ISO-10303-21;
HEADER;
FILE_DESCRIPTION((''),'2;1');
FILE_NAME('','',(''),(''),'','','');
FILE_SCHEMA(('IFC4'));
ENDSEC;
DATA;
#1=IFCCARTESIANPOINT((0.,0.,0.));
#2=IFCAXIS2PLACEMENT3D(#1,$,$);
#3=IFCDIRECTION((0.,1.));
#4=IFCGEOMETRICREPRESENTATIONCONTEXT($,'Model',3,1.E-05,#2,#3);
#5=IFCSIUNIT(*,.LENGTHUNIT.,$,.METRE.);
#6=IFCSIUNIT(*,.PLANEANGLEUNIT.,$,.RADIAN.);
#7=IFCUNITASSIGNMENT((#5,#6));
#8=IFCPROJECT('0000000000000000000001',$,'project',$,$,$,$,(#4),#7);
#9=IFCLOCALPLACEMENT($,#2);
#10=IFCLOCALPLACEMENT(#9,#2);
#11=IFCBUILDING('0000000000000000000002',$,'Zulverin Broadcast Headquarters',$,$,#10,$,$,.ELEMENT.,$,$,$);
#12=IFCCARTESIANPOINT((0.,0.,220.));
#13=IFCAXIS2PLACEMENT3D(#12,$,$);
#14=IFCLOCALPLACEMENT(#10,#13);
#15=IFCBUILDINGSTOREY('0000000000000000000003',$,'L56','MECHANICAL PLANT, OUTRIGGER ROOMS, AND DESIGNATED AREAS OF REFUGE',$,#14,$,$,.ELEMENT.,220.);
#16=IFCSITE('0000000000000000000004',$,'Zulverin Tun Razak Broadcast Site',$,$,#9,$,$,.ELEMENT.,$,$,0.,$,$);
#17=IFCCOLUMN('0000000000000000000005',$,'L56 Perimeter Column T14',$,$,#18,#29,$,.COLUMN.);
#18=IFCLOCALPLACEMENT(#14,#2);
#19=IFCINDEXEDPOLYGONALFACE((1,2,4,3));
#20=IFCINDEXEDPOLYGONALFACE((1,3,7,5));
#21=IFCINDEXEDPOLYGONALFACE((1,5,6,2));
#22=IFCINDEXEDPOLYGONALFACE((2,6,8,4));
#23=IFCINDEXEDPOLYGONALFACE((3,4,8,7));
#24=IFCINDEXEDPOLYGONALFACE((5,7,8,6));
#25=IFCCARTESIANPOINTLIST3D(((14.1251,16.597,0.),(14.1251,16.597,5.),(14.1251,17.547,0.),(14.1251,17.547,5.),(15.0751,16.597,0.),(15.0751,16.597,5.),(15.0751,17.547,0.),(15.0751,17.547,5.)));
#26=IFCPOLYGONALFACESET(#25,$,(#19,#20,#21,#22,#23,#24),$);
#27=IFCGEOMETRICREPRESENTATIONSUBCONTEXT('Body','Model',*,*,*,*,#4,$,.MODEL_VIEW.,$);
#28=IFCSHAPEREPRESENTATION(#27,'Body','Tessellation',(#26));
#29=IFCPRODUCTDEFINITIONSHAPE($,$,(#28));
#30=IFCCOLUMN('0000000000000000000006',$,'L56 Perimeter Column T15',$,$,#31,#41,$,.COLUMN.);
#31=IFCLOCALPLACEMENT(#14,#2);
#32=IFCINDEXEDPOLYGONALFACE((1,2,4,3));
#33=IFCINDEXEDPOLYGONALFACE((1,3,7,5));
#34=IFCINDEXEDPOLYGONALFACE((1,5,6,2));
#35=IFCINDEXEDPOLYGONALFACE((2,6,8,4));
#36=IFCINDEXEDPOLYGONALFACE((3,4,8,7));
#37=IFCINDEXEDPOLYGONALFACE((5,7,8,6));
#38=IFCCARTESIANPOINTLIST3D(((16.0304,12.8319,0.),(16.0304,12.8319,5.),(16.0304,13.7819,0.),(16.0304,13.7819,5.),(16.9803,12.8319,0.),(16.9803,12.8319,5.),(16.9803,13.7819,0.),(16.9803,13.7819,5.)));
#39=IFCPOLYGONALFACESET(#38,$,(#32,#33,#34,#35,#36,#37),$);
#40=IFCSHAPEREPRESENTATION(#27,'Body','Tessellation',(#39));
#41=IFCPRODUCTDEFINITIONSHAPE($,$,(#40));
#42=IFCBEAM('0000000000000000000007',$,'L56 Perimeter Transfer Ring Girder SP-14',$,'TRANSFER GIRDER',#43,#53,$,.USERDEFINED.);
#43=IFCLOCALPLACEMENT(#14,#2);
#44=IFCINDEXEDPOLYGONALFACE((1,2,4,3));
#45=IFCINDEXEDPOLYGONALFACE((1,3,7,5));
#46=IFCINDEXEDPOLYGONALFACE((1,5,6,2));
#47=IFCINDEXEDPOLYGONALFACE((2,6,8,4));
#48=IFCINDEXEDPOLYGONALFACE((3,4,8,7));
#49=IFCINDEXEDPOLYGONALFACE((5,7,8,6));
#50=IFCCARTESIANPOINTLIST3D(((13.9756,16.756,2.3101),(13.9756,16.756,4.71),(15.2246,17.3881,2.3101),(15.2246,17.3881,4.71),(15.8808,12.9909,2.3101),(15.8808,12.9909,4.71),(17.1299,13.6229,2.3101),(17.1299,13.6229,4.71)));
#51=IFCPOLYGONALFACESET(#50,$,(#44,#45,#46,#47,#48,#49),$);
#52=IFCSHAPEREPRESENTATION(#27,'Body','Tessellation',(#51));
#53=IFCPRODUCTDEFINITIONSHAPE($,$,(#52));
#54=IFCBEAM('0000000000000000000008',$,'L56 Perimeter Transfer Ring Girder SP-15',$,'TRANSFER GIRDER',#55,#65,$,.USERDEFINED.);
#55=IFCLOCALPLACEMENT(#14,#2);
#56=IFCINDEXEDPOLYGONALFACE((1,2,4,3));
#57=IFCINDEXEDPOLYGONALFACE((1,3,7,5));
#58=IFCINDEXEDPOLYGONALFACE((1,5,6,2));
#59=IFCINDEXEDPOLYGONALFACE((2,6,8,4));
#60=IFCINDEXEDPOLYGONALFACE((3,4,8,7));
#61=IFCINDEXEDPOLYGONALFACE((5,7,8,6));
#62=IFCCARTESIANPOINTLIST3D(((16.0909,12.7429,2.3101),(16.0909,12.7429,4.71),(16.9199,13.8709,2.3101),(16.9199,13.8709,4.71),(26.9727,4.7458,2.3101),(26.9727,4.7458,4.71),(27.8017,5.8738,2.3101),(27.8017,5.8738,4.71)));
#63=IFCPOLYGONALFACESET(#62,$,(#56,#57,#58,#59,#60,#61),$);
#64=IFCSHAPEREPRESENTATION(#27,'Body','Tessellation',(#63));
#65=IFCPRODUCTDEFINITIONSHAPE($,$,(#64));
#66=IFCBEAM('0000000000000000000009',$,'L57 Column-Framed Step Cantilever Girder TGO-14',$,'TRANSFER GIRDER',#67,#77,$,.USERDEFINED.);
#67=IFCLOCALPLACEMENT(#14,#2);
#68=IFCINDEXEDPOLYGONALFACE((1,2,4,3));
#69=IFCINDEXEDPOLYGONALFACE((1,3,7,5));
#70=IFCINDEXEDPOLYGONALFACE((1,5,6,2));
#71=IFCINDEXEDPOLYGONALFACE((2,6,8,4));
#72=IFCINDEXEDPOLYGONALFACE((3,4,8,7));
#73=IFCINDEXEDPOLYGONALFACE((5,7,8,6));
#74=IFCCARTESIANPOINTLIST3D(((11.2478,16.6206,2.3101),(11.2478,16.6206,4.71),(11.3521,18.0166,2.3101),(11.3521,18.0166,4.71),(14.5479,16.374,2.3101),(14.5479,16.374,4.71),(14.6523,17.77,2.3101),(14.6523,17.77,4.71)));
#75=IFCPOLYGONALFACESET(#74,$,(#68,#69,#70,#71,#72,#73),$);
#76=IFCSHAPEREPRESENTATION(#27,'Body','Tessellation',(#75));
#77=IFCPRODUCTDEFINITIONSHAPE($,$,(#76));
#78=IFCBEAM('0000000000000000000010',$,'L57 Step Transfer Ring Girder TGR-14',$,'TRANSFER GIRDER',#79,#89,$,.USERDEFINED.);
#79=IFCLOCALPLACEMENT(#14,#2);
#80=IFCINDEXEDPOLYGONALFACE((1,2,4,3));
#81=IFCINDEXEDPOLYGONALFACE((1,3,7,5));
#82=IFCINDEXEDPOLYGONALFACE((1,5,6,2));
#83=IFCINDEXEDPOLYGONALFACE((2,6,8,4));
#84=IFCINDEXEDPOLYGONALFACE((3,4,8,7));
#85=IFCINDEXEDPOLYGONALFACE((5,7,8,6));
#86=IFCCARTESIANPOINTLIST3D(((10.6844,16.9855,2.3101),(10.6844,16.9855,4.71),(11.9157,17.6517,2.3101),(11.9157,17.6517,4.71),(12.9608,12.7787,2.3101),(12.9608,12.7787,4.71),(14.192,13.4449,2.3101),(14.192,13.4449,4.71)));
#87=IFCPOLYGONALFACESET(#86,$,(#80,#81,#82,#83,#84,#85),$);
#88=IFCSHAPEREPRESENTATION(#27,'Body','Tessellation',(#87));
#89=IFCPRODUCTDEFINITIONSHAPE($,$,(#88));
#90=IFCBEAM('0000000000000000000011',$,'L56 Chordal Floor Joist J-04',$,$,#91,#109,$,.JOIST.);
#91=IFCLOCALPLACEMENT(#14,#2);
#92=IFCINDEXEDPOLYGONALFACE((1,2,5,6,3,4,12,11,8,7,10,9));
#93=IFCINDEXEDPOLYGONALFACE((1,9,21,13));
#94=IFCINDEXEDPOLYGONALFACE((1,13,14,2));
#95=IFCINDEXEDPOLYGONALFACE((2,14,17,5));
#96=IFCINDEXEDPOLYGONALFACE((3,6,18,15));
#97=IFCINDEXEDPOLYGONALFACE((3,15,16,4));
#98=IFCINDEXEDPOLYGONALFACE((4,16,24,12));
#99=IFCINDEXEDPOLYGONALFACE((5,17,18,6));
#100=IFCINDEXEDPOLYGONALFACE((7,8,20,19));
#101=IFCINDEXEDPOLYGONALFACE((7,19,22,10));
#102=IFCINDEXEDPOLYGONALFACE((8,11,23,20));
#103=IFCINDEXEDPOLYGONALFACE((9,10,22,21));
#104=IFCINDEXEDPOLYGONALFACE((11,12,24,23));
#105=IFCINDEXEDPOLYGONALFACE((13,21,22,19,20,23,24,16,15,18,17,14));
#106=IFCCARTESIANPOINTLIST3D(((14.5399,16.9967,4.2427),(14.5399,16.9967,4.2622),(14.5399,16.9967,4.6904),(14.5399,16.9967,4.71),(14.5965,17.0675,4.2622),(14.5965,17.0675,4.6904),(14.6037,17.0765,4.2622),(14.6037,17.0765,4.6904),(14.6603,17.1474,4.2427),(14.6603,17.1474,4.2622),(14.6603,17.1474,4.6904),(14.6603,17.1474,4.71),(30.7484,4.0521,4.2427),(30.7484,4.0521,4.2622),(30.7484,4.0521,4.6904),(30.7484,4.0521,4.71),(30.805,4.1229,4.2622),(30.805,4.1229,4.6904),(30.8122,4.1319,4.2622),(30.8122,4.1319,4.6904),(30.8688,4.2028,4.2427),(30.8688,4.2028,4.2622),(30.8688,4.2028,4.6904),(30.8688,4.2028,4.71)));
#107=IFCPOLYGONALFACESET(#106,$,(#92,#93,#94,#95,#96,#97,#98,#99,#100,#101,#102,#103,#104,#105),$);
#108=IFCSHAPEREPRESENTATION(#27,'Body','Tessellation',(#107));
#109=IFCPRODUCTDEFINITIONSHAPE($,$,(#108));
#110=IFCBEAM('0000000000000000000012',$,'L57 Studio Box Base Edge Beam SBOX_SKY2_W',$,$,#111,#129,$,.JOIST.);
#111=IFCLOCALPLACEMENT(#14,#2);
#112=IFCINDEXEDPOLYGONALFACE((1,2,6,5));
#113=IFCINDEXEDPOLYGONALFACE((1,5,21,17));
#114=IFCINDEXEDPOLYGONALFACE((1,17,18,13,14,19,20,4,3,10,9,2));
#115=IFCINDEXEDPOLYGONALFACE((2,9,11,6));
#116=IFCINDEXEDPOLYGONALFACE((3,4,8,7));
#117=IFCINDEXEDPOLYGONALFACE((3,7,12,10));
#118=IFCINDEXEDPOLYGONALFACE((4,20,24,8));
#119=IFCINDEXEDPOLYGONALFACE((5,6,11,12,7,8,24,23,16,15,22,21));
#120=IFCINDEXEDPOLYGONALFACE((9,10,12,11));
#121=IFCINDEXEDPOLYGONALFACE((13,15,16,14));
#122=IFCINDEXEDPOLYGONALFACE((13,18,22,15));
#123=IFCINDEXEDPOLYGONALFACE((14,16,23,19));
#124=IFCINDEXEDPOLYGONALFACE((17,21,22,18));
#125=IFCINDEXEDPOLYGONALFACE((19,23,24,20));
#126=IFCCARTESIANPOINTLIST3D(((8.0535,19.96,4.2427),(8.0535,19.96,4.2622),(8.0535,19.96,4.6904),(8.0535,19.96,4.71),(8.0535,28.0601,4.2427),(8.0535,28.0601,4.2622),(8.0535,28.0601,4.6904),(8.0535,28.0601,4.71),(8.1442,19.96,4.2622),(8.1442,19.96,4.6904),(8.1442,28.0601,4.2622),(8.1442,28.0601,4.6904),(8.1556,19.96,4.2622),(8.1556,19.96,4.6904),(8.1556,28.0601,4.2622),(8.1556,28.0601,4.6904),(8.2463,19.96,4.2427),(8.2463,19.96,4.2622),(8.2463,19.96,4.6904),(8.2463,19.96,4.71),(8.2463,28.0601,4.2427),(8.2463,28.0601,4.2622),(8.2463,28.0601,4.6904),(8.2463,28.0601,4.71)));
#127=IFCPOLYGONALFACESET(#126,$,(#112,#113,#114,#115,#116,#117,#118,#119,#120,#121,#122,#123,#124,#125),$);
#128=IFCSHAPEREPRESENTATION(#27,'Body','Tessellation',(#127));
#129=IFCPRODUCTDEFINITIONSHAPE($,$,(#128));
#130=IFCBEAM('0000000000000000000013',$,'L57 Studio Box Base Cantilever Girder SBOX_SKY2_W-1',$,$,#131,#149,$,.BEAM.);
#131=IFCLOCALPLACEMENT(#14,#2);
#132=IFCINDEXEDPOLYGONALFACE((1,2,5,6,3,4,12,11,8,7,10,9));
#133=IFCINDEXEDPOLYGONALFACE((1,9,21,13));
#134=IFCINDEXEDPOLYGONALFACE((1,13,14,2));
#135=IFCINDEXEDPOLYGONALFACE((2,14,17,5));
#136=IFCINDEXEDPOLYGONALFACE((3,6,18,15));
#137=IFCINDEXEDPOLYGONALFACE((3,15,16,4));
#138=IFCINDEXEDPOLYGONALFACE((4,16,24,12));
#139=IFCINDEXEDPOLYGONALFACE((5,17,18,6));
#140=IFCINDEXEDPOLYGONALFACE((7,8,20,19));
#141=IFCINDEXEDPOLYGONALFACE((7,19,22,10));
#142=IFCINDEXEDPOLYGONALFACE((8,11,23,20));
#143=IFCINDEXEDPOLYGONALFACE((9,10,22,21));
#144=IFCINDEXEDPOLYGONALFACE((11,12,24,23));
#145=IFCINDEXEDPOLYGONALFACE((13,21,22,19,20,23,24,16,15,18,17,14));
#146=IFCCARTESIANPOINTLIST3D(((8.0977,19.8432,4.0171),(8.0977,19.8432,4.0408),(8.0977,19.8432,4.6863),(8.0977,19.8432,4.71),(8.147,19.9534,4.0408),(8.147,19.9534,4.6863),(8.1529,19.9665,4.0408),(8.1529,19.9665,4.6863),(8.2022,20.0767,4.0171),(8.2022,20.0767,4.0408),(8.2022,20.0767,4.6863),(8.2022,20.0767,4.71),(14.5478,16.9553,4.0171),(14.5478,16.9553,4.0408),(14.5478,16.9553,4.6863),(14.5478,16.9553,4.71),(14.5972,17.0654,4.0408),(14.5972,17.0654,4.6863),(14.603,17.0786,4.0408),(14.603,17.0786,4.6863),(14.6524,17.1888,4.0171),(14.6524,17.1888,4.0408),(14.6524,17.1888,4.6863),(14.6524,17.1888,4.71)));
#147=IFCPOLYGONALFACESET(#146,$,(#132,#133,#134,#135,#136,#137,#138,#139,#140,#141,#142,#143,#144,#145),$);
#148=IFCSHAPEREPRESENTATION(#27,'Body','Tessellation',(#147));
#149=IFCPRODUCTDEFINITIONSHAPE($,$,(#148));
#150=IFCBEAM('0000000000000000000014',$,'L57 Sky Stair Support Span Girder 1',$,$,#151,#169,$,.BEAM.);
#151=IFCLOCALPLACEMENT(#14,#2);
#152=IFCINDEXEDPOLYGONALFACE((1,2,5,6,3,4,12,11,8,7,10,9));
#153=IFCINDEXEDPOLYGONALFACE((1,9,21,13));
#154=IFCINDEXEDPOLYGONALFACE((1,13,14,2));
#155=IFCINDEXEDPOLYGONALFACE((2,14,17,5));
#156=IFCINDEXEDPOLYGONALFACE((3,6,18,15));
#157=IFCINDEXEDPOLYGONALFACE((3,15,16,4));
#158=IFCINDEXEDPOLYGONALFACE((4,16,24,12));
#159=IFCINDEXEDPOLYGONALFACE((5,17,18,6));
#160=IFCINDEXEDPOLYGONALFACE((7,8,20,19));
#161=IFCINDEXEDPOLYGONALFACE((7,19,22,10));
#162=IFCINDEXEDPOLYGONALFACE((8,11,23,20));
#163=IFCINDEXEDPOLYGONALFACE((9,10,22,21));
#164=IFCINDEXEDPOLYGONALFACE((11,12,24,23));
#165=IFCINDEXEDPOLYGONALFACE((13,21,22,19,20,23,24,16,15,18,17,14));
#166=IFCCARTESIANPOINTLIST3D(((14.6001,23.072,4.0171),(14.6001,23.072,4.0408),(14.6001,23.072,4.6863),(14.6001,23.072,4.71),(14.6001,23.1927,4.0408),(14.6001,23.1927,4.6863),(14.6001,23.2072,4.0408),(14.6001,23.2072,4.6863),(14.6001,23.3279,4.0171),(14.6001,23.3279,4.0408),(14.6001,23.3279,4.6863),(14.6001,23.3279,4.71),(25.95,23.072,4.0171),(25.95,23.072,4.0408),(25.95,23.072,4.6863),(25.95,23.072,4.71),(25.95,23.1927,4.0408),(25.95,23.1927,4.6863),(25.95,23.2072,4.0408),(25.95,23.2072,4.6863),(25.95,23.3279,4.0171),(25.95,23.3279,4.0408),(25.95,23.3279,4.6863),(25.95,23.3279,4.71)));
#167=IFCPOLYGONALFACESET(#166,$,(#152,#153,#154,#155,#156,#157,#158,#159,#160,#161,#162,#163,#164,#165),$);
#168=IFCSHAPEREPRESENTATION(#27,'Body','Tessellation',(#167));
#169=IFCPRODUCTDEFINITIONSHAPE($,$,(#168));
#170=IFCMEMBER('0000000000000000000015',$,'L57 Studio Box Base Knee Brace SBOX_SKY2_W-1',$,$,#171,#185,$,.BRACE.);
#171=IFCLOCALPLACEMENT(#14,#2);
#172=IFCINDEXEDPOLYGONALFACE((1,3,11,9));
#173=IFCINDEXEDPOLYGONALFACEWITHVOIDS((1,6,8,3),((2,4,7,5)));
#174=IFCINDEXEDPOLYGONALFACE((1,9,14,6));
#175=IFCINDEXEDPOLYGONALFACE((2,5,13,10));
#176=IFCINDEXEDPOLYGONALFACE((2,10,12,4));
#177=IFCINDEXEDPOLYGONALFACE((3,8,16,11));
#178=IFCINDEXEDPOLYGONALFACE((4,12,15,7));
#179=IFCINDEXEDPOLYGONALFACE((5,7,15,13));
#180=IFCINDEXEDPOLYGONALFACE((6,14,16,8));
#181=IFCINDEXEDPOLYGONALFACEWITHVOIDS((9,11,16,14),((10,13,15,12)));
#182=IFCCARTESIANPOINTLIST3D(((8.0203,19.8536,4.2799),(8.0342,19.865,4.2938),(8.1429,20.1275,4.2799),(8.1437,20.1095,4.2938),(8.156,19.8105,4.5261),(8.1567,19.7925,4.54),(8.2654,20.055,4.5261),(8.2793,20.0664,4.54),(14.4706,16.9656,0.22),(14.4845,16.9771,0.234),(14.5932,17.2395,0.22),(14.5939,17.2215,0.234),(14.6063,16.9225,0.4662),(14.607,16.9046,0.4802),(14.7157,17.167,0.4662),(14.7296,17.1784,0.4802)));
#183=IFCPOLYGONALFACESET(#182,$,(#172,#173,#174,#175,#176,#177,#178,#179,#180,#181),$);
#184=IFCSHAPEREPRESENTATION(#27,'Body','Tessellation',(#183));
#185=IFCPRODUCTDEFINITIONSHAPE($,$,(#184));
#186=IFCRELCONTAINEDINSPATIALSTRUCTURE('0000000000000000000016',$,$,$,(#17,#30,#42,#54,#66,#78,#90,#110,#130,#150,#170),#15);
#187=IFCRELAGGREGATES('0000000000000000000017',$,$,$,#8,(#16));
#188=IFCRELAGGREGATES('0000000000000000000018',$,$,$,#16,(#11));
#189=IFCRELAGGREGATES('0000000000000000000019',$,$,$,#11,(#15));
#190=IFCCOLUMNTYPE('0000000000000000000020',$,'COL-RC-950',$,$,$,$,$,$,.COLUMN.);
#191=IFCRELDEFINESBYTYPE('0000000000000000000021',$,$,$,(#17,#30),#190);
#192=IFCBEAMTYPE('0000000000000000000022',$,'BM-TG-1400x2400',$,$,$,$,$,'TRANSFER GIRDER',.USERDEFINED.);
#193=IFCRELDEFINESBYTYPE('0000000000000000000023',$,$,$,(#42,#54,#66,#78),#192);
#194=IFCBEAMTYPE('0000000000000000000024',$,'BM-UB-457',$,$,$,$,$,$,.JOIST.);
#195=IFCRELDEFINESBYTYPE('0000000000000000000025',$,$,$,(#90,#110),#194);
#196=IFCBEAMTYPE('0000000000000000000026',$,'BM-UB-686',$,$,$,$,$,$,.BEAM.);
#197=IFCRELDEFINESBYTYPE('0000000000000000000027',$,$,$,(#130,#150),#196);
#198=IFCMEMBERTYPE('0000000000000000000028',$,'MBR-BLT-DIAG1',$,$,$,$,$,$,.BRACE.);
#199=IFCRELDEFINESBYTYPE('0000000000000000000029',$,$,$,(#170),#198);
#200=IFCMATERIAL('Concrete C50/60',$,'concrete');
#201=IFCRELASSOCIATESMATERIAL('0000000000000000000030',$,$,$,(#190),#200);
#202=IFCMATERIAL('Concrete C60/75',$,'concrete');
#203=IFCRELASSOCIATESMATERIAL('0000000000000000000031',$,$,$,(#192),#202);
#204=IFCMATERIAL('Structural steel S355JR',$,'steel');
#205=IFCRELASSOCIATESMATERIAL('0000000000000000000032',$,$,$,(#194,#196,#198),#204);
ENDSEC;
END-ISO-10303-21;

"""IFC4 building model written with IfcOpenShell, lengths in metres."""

from ifc_helpers import new_model, si_unit, direction, frame, origin, origin_2d, place, context, subcontext, project, spatial, rectangle, hollow_rectangle, i_section, extrude, material, material_profile, profile_set, type_object, element, save


model = new_model("IFC4")

# Units and contexts
model_context = context("Model", 3, precision=1e-05, world=origin(), true_north=direction((0.0, 1.0)))
body_context = subcontext(model_context, "Body", "Model", "MODEL_VIEW")
ifc_project = project(units=[si_unit("LENGTHUNIT", "METRE"), si_unit("PLANEANGLEUNIT", "RADIAN")], contexts=[model_context])

# Site, building, storey
site_placement = place(None, origin())
site = spatial("IfcSite", under=ifc_project, at=site_placement, Name="Zulverin Tun Razak Broadcast Site", CompositionType="ELEMENT", RefElevation=0.0)
building_placement = place(site_placement, origin())
building = spatial("IfcBuilding", under=site, at=building_placement, Name="Zulverin Broadcast Headquarters", CompositionType="ELEMENT")
storey_placement = place(building_placement, frame((0.0, 0.0, 220.0)))
storey = spatial("IfcBuildingStorey", under=building, at=storey_placement, Name="L56", Description="MECHANICAL PLANT, OUTRIGGER ROOMS, AND DESIGNATED AREAS OF REFUGE", CompositionType="ELEMENT", Elevation=220.0)

# Columns
ifc_material_1 = material(Name="Concrete C50/60", Category="concrete")
ifc_material_profile_1 = material_profile(ifc_material_1, rectangle(XDim=0.95, YDim=0.95, at=origin_2d()), Name="Concrete C50/60", Category="concrete")
ifc_profile_set_1 = profile_set([ifc_material_profile_1], Name="Concrete C50/60")
column_type = type_object("IfcColumnType", Name="COL-RC-950", PredefinedType="COLUMN", material=ifc_profile_set_1)
for number, where, z_axis, x_axis, name in (
    (1, (14.6001, 17.072, 0.0), (0.0, 0.0, 1.0), (1.0, 0.0, 0.0), "L56 Perimeter Column T14"),
    (2, (16.5054, 13.3069, 0.0), (0.0, 0.0, 1.0), (1.0, 0.0, 0.0), "L56 Perimeter Column T15"),
):
    element("IfcColumn", number, at=place(storey_placement, frame(where, z_axis=z_axis, x_axis=x_axis)), inside=storey, type_object=column_type, Name=name, PredefinedType="COLUMN", context=body_context, shape_type="SweptSolid", body=[
        extrude(rectangle(XDim=0.95, YDim=0.95, at=origin_2d()), origin(), (0.0, 0.0, 1.0), 5.0),
    ])

# Beams
ifc_material_2 = material(Name="Concrete C60/75", Category="concrete")
ifc_material_profile_2 = material_profile(ifc_material_2, rectangle(XDim=1.3999, YDim=2.3999, at=origin_2d()), Name="Concrete C60/75", Category="concrete")
ifc_profile_set_2 = profile_set([ifc_material_profile_2], Name="Concrete C60/75")
beam_type_1 = type_object("IfcBeamType", Name="BM-TG-1400x2400", ElementType="TRANSFER GIRDER", PredefinedType="USERDEFINED", material=ifc_profile_set_2)
beam_1_placement = place(storey_placement, frame((14.6001, 17.072, 3.51), z_axis=(0.451513, -0.892265, 0.0), x_axis=(0.892265, 0.451513, 0.0)))
element("IfcBeam", 3, at=beam_1_placement, inside=storey, type_object=beam_type_1, Name="L56 Perimeter Transfer Ring Girder SP-14", ObjectType="TRANSFER GIRDER", PredefinedType="USERDEFINED", context=body_context, shape_type="SweptSolid", body=[
    extrude(rectangle(XDim=1.3999, YDim=2.3999, at=origin_2d()), origin(), (0.0, 0.0, 1.0), 4.2197),
])
beam_2_placement = place(storey_placement, frame((16.5054, 13.3069, 3.51), z_axis=(0.805802, -0.592185, 0.0), x_axis=(0.592185, 0.805802, 0.0)))
element("IfcBeam", 4, at=beam_2_placement, inside=storey, type_object=beam_type_1, Name="L56 Perimeter Transfer Ring Girder SP-15", ObjectType="TRANSFER GIRDER", PredefinedType="USERDEFINED", context=body_context, shape_type="SweptSolid", body=[
    extrude(rectangle(XDim=1.3999, YDim=2.3999, at=origin_2d()), origin(), (0.0, 0.0, 1.0), 13.5044),
])
beam_3_placement = place(storey_placement, frame((14.6001, 17.072, 3.51), z_axis=(-0.99722, 0.074513, 0.0), x_axis=(-0.074513, -0.99722, 0.0)))
element("IfcBeam", 5, at=beam_3_placement, inside=storey, type_object=beam_type_1, Name="L57 Column-Framed Step Cantilever Girder TGO-14", ObjectType="TRANSFER GIRDER", PredefinedType="USERDEFINED", context=body_context, shape_type="SweptSolid", body=[
    extrude(rectangle(XDim=1.3999, YDim=2.3999, at=origin_2d()), origin(), (0.0, 0.0, 1.0), 3.3093),
])
beam_4_placement = place(storey_placement, frame((11.3, 17.3186, 3.51), z_axis=(0.47591, -0.879494, 0.0), x_axis=(0.879494, 0.47591, 0.0)))
element("IfcBeam", 6, at=beam_4_placement, inside=storey, type_object=beam_type_1, Name="L57 Step Transfer Ring Girder TGR-14", ObjectType="TRANSFER GIRDER", PredefinedType="USERDEFINED", context=body_context, shape_type="SweptSolid", body=[
    extrude(rectangle(XDim=1.3999, YDim=2.3999, at=origin_2d()), origin(), (0.0, 0.0, 1.0), 4.7832),
])
ifc_material_3 = material(Name="Structural steel S355JR", Category="steel")
ifc_material_profile_3 = material_profile(ifc_material_3, i_section(OverallWidth=0.1929, OverallDepth=0.4673, WebThickness=0.0115, FlangeThickness=0.0195, at=origin_2d()), Name="Structural steel S355JR", Category="steel")
ifc_profile_set_3 = profile_set([ifc_material_profile_3], Name="Structural steel S355JR")
beam_type_2 = type_object("IfcBeamType", Name="BM-UB-457", PredefinedType="JOIST", material=ifc_profile_set_3)
beam_5_placement = place(storey_placement, frame((14.6001, 17.072, 4.4763), z_axis=(0.781391, -0.624042, 0.0), x_axis=(0.624042, 0.781391, 0.0)))
element("IfcBeam", 7, at=beam_5_placement, inside=storey, type_object=beam_type_2, Name="L56 Chordal Floor Joist J-04", PredefinedType="JOIST", context=body_context, shape_type="SweptSolid", body=[
    extrude(i_section(OverallWidth=0.1929, OverallDepth=0.4673, WebThickness=0.0115, FlangeThickness=0.0195, at=origin_2d()), origin(), (0.0, 0.0, 1.0), 20.7432),
])
beam_6_placement = place(storey_placement, frame((8.1499, 19.96, 4.4763), z_axis=(0.0, 1.0, 0.0), x_axis=(-1.0, 0.0, 0.0)))
element("IfcBeam", 8, at=beam_6_placement, inside=storey, type_object=beam_type_2, Name="L57 Studio Box Base Edge Beam SBOX_SKY2_W", PredefinedType="JOIST", context=body_context, shape_type="SweptSolid", body=[
    extrude(i_section(OverallWidth=0.1929, OverallDepth=0.4673, WebThickness=0.0115, FlangeThickness=0.0195, at=origin_2d()), origin(), (0.0, 0.0, 1.0), 8.1001),
])
ifc_material_profile_4 = material_profile(ifc_material_3, i_section(OverallWidth=0.2559, OverallDepth=0.6929, WebThickness=0.0144, FlangeThickness=0.0237, at=origin_2d()), Name="Structural steel S355JR", Category="steel")
ifc_profile_set_4 = profile_set([ifc_material_profile_4], Name="Structural steel S355JR")
beam_type_3 = type_object("IfcBeamType", Name="BM-UB-686", PredefinedType="BEAM", material=ifc_profile_set_4)
beam_7_placement = place(storey_placement, frame((14.6001, 17.072, 4.3635), z_axis=(-0.912696, 0.40864, 0.0), x_axis=(-0.40864, -0.912696, 0.0)))
element("IfcBeam", 9, at=beam_7_placement, inside=storey, type_object=beam_type_3, Name="L57 Studio Box Base Cantilever Girder SBOX_SKY2_W-1", PredefinedType="BEAM", context=body_context, shape_type="SweptSolid", body=[
    extrude(i_section(OverallWidth=0.2559, OverallDepth=0.6929, WebThickness=0.0144, FlangeThickness=0.0237, at=origin_2d()), origin(), (0.0, 0.0, 1.0), 7.0671),
])
beam_8_placement = place(storey_placement, frame((14.6001, 23.2, 4.3635), z_axis=(1.0, 0.0, 0.0), x_axis=(0.0, 1.0, 0.0)))
element("IfcBeam", 10, at=beam_8_placement, inside=storey, type_object=beam_type_3, Name="L57 Sky Stair Support Span Girder 1", PredefinedType="BEAM", context=body_context, shape_type="SweptSolid", body=[
    extrude(i_section(OverallWidth=0.2559, OverallDepth=0.6929, WebThickness=0.0144, FlangeThickness=0.0237, at=origin_2d()), origin(), (0.0, 0.0, 1.0), 11.3499),
])

# Member
ifc_material_profile_5 = material_profile(ifc_material_3, hollow_rectangle(XDim=0.3, YDim=0.3, WallThickness=0.0161, at=origin_2d()), Name="Structural steel S355JR", Category="steel")
ifc_profile_set_5 = profile_set([ifc_material_profile_5], Name="Structural steel S355JR")
member_type = type_object("IfcMemberType", Name="MBR-BLT-DIAG1", PredefinedType="BRACE", material=ifc_profile_set_5)
member_1_placement = place(storey_placement, frame((14.6001, 17.072, 0.3501), z_axis=(-0.791406, 0.354336, 0.498119), x_axis=(-0.40864, -0.912696, 0.0)))
element("IfcMember", 11, at=member_1_placement, inside=storey, type_object=member_type, Name="L57 Studio Box Base Knee Brace SBOX_SKY2_W-1", PredefinedType="BRACE", context=body_context, shape_type="SweptSolid", body=[
    extrude(hollow_rectangle(XDim=0.3, YDim=0.3, WallThickness=0.0161, at=origin_2d()), origin(), (0.0, 0.0, 1.0), 8.1504),
])

save(model, "model.ifc")
